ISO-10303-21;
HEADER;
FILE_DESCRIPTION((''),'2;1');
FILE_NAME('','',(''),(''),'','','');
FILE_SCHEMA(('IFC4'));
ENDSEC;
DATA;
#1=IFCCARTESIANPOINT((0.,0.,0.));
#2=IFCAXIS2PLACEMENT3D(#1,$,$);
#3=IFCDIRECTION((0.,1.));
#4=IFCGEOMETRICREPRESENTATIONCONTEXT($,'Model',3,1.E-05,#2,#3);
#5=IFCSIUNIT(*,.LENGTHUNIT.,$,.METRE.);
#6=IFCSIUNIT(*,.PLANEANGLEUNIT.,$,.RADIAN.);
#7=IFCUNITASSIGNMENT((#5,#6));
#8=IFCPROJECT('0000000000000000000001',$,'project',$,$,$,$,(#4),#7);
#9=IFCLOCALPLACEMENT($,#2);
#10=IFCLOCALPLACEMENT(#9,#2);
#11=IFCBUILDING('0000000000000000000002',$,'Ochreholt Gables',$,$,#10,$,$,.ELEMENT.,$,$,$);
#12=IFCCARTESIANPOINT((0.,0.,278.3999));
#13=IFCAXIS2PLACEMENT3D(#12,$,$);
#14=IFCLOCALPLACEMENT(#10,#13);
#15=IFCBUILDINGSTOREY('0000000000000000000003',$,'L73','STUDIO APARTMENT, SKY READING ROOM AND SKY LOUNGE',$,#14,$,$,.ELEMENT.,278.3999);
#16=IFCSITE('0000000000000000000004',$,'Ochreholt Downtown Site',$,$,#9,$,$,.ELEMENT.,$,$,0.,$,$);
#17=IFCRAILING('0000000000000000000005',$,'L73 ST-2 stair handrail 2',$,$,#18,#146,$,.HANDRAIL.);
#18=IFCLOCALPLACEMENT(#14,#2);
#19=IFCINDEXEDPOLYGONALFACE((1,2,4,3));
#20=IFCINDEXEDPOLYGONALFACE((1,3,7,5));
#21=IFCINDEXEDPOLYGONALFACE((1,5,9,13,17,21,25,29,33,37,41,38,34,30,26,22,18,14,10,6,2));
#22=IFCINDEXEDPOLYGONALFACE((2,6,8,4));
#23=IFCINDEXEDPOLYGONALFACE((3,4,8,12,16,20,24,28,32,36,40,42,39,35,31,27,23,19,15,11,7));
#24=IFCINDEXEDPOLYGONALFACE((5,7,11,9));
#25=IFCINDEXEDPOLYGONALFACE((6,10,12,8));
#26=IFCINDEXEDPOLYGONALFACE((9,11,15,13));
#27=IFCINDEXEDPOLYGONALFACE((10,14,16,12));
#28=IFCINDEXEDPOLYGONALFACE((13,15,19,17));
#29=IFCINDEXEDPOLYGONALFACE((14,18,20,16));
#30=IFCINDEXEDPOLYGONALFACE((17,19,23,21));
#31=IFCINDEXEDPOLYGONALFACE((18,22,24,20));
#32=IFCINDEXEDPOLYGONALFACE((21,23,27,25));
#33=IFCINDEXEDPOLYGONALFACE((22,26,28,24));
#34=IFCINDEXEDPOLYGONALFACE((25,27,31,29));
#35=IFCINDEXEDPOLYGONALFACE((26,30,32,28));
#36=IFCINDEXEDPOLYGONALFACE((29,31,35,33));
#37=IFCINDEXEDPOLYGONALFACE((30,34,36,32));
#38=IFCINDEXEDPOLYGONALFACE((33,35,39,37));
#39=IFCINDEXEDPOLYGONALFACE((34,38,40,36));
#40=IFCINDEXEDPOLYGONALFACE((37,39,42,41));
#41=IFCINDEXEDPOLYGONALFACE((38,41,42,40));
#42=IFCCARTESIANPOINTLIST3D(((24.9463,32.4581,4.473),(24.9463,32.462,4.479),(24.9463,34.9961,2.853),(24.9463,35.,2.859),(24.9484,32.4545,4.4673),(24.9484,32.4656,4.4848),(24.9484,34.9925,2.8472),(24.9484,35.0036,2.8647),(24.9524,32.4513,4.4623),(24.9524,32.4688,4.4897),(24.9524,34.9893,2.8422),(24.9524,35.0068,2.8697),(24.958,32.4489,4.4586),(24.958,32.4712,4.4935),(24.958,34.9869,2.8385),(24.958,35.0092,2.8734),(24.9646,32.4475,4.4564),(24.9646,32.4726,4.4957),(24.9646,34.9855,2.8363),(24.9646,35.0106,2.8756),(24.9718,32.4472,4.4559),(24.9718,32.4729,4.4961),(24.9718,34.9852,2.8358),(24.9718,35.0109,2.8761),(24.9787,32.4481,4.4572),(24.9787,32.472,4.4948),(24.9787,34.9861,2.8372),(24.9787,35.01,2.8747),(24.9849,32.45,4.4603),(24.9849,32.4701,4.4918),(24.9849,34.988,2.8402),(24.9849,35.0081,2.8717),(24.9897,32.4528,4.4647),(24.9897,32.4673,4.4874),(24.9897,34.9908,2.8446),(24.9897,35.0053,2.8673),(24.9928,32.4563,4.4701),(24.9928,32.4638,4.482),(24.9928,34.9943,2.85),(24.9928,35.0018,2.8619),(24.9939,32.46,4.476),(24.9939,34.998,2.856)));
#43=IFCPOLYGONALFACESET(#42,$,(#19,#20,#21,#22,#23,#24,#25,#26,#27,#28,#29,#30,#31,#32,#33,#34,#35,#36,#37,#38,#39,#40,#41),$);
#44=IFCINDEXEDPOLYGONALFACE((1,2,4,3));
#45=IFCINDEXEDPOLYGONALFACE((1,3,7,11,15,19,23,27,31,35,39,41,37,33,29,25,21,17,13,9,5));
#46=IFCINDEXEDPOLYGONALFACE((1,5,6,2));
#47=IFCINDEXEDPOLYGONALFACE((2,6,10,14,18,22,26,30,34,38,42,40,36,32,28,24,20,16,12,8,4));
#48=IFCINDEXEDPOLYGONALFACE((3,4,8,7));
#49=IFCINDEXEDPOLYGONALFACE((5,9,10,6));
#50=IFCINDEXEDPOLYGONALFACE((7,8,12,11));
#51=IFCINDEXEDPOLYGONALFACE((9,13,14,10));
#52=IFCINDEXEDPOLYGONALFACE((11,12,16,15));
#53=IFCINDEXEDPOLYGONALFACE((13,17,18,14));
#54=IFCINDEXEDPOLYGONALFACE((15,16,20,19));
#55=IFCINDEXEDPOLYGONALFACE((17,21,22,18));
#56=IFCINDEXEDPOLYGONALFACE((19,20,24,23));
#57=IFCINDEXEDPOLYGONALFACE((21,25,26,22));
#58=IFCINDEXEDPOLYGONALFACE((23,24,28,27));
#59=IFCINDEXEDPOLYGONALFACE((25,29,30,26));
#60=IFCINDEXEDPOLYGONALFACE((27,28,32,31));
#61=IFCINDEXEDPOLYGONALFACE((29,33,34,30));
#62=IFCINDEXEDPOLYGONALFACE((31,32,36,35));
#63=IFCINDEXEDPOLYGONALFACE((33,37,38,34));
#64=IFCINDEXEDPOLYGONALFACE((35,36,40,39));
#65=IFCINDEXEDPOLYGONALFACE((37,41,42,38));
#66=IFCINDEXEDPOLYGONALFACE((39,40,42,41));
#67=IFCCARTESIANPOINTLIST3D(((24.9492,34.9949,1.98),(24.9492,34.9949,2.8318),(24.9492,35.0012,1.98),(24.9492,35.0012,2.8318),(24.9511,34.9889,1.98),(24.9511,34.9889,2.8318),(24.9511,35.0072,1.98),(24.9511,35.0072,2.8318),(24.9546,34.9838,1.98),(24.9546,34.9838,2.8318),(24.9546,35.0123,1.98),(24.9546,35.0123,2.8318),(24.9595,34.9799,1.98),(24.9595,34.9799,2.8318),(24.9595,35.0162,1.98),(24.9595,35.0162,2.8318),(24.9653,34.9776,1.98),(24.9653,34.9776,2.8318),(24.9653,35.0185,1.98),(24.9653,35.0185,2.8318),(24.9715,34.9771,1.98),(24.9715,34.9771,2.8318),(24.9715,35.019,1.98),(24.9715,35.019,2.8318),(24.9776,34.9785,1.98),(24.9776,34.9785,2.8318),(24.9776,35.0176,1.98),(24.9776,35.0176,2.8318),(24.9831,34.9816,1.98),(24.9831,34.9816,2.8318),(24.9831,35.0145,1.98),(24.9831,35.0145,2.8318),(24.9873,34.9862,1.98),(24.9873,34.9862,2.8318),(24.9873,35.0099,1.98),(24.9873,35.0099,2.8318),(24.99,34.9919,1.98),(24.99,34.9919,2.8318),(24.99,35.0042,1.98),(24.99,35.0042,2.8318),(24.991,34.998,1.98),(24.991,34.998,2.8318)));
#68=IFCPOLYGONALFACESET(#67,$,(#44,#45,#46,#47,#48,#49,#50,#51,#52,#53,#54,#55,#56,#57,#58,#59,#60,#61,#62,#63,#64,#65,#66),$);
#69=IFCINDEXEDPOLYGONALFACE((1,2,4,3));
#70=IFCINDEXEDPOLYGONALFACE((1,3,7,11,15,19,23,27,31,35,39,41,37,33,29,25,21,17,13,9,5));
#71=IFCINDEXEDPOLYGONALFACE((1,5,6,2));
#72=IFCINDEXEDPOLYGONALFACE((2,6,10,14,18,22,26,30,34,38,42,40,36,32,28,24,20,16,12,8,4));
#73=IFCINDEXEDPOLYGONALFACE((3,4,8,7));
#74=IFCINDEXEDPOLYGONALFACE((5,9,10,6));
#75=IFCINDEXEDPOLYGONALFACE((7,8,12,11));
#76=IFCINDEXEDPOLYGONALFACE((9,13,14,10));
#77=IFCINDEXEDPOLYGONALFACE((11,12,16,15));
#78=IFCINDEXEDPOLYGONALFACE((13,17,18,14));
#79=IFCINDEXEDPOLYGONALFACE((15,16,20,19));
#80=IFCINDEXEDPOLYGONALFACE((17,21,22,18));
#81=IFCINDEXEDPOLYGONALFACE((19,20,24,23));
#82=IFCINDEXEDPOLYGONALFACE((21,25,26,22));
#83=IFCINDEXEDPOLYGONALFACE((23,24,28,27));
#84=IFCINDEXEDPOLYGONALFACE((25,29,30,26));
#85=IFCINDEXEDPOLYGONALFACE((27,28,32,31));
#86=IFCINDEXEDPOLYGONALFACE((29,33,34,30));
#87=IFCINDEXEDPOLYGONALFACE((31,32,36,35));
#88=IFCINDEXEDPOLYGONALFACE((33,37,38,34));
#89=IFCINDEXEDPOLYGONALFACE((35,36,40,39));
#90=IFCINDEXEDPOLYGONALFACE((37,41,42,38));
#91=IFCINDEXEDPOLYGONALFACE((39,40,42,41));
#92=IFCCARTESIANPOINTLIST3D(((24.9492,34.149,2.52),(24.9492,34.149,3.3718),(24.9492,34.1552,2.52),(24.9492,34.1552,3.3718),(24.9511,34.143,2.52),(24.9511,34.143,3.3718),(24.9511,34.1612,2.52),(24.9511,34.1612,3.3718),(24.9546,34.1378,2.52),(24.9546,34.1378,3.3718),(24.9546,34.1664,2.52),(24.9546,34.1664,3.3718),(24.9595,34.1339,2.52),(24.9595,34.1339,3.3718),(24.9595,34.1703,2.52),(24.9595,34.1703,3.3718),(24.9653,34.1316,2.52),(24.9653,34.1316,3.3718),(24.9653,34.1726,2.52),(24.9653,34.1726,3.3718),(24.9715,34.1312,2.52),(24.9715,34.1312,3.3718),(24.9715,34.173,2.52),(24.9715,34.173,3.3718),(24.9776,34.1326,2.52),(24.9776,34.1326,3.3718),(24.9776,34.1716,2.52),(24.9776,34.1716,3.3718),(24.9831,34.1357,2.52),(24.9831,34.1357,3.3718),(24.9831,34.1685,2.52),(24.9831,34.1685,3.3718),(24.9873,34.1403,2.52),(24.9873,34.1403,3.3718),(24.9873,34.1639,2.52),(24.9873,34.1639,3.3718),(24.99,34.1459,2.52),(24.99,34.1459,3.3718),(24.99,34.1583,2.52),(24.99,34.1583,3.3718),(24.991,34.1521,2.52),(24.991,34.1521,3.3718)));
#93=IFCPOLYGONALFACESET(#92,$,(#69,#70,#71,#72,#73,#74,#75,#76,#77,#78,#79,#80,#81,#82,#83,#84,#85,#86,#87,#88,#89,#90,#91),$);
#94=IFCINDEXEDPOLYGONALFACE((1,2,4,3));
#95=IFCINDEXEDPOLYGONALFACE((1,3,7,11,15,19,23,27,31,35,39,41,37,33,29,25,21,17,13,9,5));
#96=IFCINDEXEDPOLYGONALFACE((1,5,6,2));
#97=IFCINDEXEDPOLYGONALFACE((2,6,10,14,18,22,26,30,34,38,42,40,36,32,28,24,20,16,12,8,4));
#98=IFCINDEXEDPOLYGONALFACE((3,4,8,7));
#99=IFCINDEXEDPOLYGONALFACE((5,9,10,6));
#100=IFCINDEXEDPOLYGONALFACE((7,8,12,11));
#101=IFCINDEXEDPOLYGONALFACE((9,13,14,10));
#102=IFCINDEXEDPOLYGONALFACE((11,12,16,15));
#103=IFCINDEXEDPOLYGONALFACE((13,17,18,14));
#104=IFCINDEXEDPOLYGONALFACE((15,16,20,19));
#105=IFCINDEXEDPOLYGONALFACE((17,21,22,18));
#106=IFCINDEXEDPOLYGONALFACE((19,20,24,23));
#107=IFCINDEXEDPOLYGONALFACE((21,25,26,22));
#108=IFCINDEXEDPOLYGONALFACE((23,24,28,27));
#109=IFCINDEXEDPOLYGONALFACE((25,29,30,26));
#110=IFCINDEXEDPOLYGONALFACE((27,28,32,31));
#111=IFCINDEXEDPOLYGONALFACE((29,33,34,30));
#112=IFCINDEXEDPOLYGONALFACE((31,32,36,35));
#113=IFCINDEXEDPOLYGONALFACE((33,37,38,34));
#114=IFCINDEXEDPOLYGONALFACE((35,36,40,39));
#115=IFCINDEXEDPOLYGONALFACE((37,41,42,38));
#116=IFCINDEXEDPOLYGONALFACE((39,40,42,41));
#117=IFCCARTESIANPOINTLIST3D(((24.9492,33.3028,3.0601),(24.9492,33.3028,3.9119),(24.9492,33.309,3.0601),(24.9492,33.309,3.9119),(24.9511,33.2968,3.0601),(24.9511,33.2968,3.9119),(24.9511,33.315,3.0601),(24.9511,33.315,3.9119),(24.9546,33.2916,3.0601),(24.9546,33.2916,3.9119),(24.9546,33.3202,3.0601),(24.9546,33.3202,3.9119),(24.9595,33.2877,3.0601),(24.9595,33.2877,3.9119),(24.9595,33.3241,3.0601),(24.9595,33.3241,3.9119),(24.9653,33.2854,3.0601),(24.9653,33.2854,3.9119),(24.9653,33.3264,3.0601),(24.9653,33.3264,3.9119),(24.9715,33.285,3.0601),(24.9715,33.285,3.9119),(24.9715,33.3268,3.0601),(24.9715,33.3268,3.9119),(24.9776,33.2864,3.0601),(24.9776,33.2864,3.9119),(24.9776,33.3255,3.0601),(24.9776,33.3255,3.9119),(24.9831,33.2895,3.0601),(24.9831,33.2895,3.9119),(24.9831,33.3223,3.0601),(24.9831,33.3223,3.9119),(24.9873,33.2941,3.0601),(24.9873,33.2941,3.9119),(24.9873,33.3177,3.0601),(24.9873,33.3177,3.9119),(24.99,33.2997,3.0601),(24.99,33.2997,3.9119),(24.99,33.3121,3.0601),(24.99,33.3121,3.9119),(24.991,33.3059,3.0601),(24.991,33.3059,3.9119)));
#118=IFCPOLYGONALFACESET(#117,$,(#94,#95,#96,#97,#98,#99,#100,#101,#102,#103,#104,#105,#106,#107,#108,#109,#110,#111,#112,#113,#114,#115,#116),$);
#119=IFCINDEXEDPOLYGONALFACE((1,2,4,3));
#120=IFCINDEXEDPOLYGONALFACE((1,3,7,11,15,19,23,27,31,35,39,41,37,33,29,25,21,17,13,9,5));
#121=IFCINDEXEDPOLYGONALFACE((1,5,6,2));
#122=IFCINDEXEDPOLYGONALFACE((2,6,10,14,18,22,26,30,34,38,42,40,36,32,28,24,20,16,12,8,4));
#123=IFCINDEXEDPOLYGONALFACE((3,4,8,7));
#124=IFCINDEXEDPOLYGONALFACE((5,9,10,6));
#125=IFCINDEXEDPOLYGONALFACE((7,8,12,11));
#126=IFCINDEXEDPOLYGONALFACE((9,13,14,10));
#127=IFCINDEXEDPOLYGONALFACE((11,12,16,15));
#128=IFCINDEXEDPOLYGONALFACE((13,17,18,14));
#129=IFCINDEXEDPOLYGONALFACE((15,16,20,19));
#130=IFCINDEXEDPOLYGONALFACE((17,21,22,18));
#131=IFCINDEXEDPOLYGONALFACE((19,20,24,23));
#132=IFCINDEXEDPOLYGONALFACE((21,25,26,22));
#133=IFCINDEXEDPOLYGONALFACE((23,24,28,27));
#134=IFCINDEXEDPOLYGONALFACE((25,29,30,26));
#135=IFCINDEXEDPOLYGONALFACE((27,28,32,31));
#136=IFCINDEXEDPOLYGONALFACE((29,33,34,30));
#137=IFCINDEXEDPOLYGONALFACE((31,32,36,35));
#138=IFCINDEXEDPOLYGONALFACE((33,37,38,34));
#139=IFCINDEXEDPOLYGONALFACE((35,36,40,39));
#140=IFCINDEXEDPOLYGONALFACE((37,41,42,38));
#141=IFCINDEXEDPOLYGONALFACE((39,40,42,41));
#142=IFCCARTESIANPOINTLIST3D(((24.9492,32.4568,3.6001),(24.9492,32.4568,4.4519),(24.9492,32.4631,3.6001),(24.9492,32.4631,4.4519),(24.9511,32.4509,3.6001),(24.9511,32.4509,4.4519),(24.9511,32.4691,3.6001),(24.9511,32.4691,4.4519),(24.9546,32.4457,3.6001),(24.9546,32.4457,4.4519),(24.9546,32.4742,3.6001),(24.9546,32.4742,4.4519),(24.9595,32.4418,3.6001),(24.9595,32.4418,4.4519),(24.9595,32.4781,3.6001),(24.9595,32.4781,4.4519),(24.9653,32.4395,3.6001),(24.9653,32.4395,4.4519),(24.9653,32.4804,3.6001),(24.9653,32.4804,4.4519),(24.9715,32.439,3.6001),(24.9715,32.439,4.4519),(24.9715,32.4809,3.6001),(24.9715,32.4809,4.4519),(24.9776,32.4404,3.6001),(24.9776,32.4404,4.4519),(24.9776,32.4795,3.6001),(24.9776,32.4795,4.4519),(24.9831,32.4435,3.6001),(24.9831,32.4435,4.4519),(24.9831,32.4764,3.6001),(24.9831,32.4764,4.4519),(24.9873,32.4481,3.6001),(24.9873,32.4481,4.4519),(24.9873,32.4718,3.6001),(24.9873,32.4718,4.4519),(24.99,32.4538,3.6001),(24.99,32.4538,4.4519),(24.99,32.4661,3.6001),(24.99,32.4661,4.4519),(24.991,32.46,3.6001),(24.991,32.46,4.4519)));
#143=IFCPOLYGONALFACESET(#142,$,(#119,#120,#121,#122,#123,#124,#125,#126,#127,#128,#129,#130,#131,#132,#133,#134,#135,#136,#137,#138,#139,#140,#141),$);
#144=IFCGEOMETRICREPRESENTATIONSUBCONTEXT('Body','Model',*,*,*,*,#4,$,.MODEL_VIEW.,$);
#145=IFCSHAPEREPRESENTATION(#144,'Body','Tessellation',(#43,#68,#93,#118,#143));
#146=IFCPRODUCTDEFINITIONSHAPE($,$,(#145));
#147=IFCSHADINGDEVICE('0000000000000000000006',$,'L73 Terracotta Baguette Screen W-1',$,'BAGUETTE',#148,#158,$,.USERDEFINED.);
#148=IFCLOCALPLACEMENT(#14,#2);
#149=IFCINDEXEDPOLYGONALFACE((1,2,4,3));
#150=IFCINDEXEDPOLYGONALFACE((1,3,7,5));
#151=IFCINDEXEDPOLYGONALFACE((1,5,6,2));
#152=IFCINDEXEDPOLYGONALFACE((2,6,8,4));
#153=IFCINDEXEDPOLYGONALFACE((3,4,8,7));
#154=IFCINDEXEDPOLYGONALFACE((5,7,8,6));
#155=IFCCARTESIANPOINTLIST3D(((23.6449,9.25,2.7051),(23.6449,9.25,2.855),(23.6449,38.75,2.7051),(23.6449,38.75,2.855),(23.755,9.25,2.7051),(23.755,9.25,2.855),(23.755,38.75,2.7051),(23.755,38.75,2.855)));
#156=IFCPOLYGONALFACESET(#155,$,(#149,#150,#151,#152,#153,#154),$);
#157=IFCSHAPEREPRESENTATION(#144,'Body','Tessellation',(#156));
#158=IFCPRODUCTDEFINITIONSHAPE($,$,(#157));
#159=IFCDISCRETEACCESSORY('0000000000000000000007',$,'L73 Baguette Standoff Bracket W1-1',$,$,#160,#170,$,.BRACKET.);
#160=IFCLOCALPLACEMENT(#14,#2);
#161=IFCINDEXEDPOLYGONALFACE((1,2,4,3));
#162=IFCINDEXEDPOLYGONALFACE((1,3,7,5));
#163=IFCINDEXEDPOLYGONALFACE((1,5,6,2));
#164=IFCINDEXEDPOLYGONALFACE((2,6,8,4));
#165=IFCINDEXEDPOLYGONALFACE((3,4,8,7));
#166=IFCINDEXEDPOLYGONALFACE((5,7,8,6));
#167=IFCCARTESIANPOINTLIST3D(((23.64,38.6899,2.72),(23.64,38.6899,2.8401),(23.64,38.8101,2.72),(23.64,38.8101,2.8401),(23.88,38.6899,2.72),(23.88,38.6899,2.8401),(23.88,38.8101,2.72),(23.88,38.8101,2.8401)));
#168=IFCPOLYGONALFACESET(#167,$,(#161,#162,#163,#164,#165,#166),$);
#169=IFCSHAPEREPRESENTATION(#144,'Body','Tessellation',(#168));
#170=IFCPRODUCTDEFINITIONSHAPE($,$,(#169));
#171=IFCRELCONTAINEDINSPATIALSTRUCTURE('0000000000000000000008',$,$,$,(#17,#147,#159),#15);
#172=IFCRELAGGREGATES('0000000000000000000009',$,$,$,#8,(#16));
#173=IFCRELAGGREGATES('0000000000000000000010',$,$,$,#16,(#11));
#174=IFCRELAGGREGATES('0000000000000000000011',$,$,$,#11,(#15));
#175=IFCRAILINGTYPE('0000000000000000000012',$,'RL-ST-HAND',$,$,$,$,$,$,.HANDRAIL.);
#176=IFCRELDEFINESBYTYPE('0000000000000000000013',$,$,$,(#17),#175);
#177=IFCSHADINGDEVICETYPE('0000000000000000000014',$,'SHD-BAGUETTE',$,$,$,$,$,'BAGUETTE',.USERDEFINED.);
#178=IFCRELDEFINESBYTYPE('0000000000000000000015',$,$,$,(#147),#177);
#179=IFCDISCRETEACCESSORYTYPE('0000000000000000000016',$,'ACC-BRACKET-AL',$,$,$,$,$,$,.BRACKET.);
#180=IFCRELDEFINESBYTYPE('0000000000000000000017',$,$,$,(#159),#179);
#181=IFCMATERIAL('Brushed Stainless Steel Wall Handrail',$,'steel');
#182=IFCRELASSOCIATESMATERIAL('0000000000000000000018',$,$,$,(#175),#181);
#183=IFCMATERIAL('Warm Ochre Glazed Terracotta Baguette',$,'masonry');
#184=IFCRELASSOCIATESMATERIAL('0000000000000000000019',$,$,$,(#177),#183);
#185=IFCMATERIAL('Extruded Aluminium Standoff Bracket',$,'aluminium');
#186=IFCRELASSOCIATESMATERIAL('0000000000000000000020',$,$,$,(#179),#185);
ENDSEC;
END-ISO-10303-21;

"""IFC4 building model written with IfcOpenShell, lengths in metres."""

from ifc_helpers import new_model, si_unit, direction, frame, origin, origin_2d, place, context, subcontext, project, spatial, rectangle, circle, extrude, material, material_profile, profile_set, type_object, element, save


model = new_model("IFC4")

# Units and contexts
model_context = context("Model", 3, precision=1e-05, world=origin(), true_north=direction((0.0, 1.0)))
body_context = subcontext(model_context, "Body", "Model", "MODEL_VIEW")
ifc_project = project(units=[si_unit("LENGTHUNIT", "METRE"), si_unit("PLANEANGLEUNIT", "RADIAN")], contexts=[model_context])

# Site, building, storey
site_placement = place(None, origin())
site = spatial("IfcSite", under=ifc_project, at=site_placement, Name="Ochreholt Downtown Site", CompositionType="ELEMENT", RefElevation=0.0)
building_placement = place(site_placement, origin())
building = spatial("IfcBuilding", under=site, at=building_placement, Name="Ochreholt Gables", CompositionType="ELEMENT")
storey_placement = place(building_placement, frame((0.0, 0.0, 278.3999)))
storey = spatial("IfcBuildingStorey", under=building, at=storey_placement, Name="L73", Description="STUDIO APARTMENT, SKY READING ROOM AND SKY LOUNGE", CompositionType="ELEMENT", Elevation=278.3999)

# Railing
ifc_material_1 = material(Name="Brushed Stainless Steel Wall Handrail", Category="steel")
railing_type_1 = type_object("IfcRailingType", Name="RL-ST-HAND", PredefinedType="HANDRAIL", material=ifc_material_1)
railing_1_placement = place(storey_placement, frame((24.97, 34.998, 1.98)))
element("IfcRailing", 1, at=railing_1_placement, inside=storey, type_object=railing_type_1, Name="L73 ST-2 stair handrail 2", PredefinedType="HANDRAIL", context=body_context, shape_type="SweptSolid", body=[
    extrude(circle(Radius=0.0239, at=origin_2d()), frame((0.0, 0.0, 0.876), z_axis=(0.0, -0.842913, 0.53805), x_axis=(1.0, 0.0, 0.0)), (0.0, 0.0, 1.0), 3.011),
    extrude(circle(Radius=0.021, at=origin_2d()), origin(), (0.0, 0.0, 1.0), 0.8518),
    extrude(circle(Radius=0.021, at=origin_2d()), frame((0.0, -0.8459, 0.54)), (0.0, 0.0, 1.0), 0.8518),
    extrude(circle(Radius=0.021, at=origin_2d()), frame((0.0, -1.6921, 1.0801)), (0.0, 0.0, 1.0), 0.8518),
    extrude(circle(Radius=0.021, at=origin_2d()), frame((0.0, -2.5381, 1.6201)), (0.0, 0.0, 1.0), 0.8518),
])

# Shading device
ifc_material_2 = material(Name="Warm Ochre Glazed Terracotta Baguette", Category="masonry")
ifc_material_profile_1 = material_profile(ifc_material_2, rectangle(XDim=0.1101, YDim=0.1499, at=origin_2d()), Name="TCBAG110X150")
ifc_profile_set_1 = profile_set([ifc_material_profile_1], Name="Warm Ochre Glazed Terracotta Baguette")
shading_device_type = type_object("IfcShadingDeviceType", Name="SHD-BAGUETTE", ElementType="BAGUETTE", PredefinedType="USERDEFINED", material=ifc_profile_set_1)
shading_device_placement = place(storey_placement, frame((23.7, 38.75, 2.78), z_axis=(0.0, -1.0, 0.0), x_axis=(1.0, 0.0, 0.0)))
element("IfcShadingDevice", 2, at=shading_device_placement, inside=storey, type_object=shading_device_type, Name="L73 Terracotta Baguette Screen W-1", ObjectType="BAGUETTE", PredefinedType="USERDEFINED", context=body_context, shape_type="SweptSolid", body=[
    extrude(rectangle(XDim=0.1101, YDim=0.1499, at=origin_2d()), origin(), (0.0, 0.0, 1.0), 29.5),
])

# Discrete accessory
ifc_material_3 = material(Name="Extruded Aluminium Standoff Bracket", Category="aluminium")
discrete_accessory_type = type_object("IfcDiscreteAccessoryType", Name="ACC-BRACKET-AL", PredefinedType="BRACKET", material=ifc_material_3)
discrete_accessory_placement = place(storey_placement, frame((23.76, 38.75, 2.72), z_axis=(0.0, 0.0, 1.0), x_axis=(0.0, -1.0, 0.0)))
element("IfcDiscreteAccessory", 3, at=discrete_accessory_placement, inside=storey, type_object=discrete_accessory_type, Name="L73 Baguette Standoff Bracket W1-1", PredefinedType="BRACKET", context=body_context, shape_type="SweptSolid", body=[
    extrude(rectangle(XDim=0.1201, YDim=0.24, at=origin_2d()), origin(), (0.0, 0.0, 1.0), 0.1201),
])

save(model, "model.ifc")
